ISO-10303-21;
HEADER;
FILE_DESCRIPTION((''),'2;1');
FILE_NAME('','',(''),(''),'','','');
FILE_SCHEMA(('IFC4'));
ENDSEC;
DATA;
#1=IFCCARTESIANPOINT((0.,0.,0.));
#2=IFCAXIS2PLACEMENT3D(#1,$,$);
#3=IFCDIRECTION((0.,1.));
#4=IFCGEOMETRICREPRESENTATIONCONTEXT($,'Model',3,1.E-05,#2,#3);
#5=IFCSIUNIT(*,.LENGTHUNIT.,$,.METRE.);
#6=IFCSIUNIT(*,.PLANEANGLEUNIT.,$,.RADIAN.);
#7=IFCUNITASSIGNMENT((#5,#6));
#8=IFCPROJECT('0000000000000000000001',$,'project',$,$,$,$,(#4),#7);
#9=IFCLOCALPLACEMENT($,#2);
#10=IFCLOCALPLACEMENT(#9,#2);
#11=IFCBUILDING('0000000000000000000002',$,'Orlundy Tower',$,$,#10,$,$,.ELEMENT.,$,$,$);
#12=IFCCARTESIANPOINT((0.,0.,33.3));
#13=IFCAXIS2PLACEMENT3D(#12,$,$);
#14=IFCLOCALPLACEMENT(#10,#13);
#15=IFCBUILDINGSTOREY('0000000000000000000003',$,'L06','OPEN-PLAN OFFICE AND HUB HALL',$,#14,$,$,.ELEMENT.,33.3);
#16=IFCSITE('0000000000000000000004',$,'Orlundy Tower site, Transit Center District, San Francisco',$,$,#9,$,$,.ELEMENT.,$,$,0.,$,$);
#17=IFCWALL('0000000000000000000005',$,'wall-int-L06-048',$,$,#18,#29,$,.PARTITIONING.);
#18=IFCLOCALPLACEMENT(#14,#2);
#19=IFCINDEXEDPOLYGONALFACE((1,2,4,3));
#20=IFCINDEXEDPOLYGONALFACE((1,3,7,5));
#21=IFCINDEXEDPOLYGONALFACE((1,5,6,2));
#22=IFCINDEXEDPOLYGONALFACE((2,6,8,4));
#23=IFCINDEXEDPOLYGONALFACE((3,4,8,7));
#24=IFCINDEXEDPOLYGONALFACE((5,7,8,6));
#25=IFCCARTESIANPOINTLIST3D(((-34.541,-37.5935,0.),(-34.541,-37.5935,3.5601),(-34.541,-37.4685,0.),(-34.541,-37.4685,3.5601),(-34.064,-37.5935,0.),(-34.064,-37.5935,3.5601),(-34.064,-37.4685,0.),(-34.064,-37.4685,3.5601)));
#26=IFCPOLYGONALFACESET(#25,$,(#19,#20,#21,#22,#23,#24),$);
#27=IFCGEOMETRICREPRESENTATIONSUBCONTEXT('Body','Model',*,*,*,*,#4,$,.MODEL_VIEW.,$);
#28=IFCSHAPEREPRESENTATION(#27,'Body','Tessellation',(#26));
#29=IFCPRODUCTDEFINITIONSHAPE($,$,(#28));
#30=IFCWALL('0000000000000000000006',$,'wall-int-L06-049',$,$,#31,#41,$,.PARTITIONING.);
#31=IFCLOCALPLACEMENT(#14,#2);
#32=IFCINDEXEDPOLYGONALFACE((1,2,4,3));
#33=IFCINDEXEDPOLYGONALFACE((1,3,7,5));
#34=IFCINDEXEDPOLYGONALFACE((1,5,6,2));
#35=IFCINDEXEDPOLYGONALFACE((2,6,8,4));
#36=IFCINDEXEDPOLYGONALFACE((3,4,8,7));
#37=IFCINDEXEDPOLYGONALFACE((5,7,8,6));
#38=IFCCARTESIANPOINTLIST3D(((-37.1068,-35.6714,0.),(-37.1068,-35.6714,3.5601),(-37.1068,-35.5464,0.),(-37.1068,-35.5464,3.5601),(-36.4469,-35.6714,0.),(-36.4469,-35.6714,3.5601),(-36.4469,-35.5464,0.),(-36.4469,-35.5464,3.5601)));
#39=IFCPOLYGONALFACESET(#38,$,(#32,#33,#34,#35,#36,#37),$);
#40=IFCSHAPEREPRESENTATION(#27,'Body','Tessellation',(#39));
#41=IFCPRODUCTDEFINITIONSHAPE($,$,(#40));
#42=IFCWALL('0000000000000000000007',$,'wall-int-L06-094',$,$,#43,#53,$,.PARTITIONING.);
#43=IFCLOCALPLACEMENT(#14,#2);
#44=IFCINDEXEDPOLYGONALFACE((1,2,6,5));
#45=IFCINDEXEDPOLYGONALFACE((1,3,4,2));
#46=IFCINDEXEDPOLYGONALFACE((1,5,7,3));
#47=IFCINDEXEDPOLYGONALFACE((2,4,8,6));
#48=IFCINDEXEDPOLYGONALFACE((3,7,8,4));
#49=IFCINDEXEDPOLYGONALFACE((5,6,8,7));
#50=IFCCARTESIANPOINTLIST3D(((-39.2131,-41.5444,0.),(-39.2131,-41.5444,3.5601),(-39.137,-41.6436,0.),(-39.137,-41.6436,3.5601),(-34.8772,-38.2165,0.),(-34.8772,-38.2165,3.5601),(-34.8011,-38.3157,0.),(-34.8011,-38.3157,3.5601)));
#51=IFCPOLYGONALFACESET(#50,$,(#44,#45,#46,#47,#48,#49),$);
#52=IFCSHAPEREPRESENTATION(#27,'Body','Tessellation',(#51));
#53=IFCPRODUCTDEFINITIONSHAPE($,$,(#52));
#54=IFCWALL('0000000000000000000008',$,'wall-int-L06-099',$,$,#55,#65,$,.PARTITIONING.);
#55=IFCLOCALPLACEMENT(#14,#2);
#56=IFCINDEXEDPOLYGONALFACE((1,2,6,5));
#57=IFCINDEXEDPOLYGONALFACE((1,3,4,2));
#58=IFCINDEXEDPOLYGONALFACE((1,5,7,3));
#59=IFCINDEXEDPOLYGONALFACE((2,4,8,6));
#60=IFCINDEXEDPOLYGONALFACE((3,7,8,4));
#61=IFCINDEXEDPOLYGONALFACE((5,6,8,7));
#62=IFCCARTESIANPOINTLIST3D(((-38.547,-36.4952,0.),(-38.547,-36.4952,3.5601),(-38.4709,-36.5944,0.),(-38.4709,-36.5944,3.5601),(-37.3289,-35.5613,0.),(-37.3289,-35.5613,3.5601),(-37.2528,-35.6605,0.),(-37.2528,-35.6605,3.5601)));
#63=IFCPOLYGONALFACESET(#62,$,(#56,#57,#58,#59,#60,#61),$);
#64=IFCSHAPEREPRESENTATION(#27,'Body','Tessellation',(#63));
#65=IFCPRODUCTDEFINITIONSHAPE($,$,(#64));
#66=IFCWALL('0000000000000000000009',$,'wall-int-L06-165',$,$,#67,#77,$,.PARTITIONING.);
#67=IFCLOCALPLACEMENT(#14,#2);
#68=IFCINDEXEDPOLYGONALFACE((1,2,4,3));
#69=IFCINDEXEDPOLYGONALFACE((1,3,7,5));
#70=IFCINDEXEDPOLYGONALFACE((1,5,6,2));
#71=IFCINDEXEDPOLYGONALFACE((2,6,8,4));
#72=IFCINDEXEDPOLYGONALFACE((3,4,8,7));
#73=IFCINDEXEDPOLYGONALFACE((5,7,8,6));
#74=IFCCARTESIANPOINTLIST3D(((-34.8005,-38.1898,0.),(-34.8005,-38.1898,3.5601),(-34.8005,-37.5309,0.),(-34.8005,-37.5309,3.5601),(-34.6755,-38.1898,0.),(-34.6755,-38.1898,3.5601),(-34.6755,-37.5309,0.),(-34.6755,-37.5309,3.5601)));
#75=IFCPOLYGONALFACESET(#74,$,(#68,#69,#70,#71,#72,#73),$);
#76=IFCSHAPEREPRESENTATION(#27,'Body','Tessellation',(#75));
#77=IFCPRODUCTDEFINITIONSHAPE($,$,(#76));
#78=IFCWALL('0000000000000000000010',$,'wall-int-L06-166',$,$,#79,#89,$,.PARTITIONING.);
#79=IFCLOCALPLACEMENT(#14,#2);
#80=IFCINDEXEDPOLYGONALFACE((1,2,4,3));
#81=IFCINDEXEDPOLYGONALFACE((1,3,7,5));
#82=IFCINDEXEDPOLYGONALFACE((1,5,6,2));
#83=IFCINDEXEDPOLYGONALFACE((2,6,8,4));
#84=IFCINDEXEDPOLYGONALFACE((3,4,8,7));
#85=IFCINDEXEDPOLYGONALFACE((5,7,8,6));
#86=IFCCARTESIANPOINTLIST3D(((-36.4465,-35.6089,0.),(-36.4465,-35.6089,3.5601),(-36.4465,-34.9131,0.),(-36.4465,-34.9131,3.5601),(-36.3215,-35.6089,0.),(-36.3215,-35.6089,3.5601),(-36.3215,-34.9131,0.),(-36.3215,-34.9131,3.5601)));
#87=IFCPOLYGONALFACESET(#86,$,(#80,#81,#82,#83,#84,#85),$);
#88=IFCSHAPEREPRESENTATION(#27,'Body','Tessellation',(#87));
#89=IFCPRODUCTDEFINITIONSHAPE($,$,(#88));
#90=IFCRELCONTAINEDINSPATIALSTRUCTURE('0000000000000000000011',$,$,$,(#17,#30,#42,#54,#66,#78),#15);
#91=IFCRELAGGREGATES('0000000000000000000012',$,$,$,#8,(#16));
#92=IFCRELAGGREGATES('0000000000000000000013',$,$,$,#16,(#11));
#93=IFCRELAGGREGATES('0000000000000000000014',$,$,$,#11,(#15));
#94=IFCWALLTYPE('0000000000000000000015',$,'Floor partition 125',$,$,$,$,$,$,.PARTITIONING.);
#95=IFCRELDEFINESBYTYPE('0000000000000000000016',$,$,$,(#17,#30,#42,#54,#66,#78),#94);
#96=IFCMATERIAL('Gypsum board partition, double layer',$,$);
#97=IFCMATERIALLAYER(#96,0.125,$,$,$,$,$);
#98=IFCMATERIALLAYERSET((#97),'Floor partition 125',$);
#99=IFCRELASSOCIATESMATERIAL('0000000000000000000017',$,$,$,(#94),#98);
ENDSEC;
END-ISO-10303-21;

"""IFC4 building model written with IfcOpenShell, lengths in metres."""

from ifc_helpers import new_model, si_unit, direction, frame, frame_2d, origin, place, context, subcontext, project, spatial, rectangle, extrude, material, layer, layer_set, type_object, element, save


model = new_model("IFC4")

# Units and contexts
model_context = context("Model", 3, precision=1e-05, world=origin(), true_north=direction((0.0, 1.0)))
body_context = subcontext(model_context, "Body", "Model", "MODEL_VIEW")
ifc_project = project(units=[si_unit("LENGTHUNIT", "METRE"), si_unit("PLANEANGLEUNIT", "RADIAN")], contexts=[model_context])

# Site, building, storey
site_placement = place(None, origin())
site = spatial("IfcSite", under=ifc_project, at=site_placement, Name="Orlundy Tower site, Transit Center District, San Francisco", CompositionType="ELEMENT", RefElevation=0.0)
building_placement = place(site_placement, origin())
building = spatial("IfcBuilding", under=site, at=building_placement, Name="Orlundy Tower", CompositionType="ELEMENT")
storey_placement = place(building_placement, frame((0.0, 0.0, 33.3)))
storey = spatial("IfcBuildingStorey", under=building, at=storey_placement, Name="L06", Description="OPEN-PLAN OFFICE AND HUB HALL", CompositionType="ELEMENT", Elevation=33.3)

# Shared definitions
ifc_material_1 = material(Name="Gypsum board partition, double layer")
ifc_layer_1 = layer(ifc_material_1, 0.125)
ifc_layer_set_1 = layer_set([ifc_layer_1], Name="Floor partition 125")
wall_type_1 = type_object("IfcWallType", Name="Floor partition 125", PredefinedType="PARTITIONING", material=ifc_layer_set_1)

# Walls
wall_1_placement = place(storey_placement, frame((-34.541, -37.531, 0.0), z_axis=(0.0, 0.0, 1.0), x_axis=(1.0, 0.0, 0.0)))
element("IfcWall", 1, at=wall_1_placement, inside=storey, type_object=wall_type_1, Name="wall-int-L06-048", PredefinedType="PARTITIONING", context=body_context, shape_type="SweptSolid", body=[
    extrude(rectangle(XDim=0.4771, YDim=0.125, at=frame_2d((0.2385, 0.0))), origin(), (0.0, 0.0, 1.0), 3.5601),
])
wall_2_placement = place(storey_placement, frame((-37.1069, -35.6089, 0.0), z_axis=(0.0, 0.0, 1.0), x_axis=(1.0, 0.0, 0.0)))
element("IfcWall", 2, at=wall_2_placement, inside=storey, type_object=wall_type_1, Name="wall-int-L06-049", PredefinedType="PARTITIONING", context=body_context, shape_type="SweptSolid", body=[
    extrude(rectangle(XDim=0.6599, YDim=0.125, at=frame_2d((0.3301, 0.0))), origin(), (0.0, 0.0, 1.0), 3.5601),
])
wall_3_placement = place(storey_placement, frame((-39.175, -41.594, 0.0), z_axis=(0.0, 0.0, 1.0), x_axis=(0.793283, 0.608853, 0.0)))
element("IfcWall", 3, at=wall_3_placement, inside=storey, type_object=wall_type_1, Name="wall-int-L06-094", PredefinedType="PARTITIONING", context=body_context, shape_type="SweptSolid", body=[
    extrude(rectangle(XDim=5.4658, YDim=0.125, at=frame_2d((2.7329, 0.0))), origin(), (0.0, 0.0, 1.0), 3.5601),
])
wall_4_placement = place(storey_placement, frame((-38.509, -36.5449, 0.0), z_axis=(0.0, 0.0, 1.0), x_axis=(0.793599, 0.608442, 0.0)))
element("IfcWall", 4, at=wall_4_placement, inside=storey, type_object=wall_type_1, Name="wall-int-L06-099", PredefinedType="PARTITIONING", context=body_context, shape_type="SweptSolid", body=[
    extrude(rectangle(XDim=1.5349, YDim=0.125, at=frame_2d((0.7676, 0.0))), origin(), (0.0, 0.0, 1.0), 3.5601),
])
wall_5_placement = place(storey_placement, frame((-34.738, -38.1899, 0.0), z_axis=(0.0, 0.0, 1.0), x_axis=(0.0, 1.0, 0.0)))
element("IfcWall", 5, at=wall_5_placement, inside=storey, type_object=wall_type_1, Name="wall-int-L06-165", PredefinedType="PARTITIONING", context=body_context, shape_type="SweptSolid", body=[
    extrude(rectangle(XDim=0.6589, YDim=0.125, at=frame_2d((0.3296, 0.0))), origin(), (0.0, 0.0, 1.0), 3.5601),
])
wall_6_placement = place(storey_placement, frame((-36.384, -35.6089, 0.0), z_axis=(0.0, 0.0, 1.0), x_axis=(0.0, 1.0, 0.0)))
element("IfcWall", 6, at=wall_6_placement, inside=storey, type_object=wall_type_1, Name="wall-int-L06-166", PredefinedType="PARTITIONING", context=body_context, shape_type="SweptSolid", body=[
    extrude(rectangle(XDim=0.6958, YDim=0.125, at=frame_2d((0.3479, 0.0))), origin(), (0.0, 0.0, 1.0), 3.5601),
])

save(model, "model.ifc")
